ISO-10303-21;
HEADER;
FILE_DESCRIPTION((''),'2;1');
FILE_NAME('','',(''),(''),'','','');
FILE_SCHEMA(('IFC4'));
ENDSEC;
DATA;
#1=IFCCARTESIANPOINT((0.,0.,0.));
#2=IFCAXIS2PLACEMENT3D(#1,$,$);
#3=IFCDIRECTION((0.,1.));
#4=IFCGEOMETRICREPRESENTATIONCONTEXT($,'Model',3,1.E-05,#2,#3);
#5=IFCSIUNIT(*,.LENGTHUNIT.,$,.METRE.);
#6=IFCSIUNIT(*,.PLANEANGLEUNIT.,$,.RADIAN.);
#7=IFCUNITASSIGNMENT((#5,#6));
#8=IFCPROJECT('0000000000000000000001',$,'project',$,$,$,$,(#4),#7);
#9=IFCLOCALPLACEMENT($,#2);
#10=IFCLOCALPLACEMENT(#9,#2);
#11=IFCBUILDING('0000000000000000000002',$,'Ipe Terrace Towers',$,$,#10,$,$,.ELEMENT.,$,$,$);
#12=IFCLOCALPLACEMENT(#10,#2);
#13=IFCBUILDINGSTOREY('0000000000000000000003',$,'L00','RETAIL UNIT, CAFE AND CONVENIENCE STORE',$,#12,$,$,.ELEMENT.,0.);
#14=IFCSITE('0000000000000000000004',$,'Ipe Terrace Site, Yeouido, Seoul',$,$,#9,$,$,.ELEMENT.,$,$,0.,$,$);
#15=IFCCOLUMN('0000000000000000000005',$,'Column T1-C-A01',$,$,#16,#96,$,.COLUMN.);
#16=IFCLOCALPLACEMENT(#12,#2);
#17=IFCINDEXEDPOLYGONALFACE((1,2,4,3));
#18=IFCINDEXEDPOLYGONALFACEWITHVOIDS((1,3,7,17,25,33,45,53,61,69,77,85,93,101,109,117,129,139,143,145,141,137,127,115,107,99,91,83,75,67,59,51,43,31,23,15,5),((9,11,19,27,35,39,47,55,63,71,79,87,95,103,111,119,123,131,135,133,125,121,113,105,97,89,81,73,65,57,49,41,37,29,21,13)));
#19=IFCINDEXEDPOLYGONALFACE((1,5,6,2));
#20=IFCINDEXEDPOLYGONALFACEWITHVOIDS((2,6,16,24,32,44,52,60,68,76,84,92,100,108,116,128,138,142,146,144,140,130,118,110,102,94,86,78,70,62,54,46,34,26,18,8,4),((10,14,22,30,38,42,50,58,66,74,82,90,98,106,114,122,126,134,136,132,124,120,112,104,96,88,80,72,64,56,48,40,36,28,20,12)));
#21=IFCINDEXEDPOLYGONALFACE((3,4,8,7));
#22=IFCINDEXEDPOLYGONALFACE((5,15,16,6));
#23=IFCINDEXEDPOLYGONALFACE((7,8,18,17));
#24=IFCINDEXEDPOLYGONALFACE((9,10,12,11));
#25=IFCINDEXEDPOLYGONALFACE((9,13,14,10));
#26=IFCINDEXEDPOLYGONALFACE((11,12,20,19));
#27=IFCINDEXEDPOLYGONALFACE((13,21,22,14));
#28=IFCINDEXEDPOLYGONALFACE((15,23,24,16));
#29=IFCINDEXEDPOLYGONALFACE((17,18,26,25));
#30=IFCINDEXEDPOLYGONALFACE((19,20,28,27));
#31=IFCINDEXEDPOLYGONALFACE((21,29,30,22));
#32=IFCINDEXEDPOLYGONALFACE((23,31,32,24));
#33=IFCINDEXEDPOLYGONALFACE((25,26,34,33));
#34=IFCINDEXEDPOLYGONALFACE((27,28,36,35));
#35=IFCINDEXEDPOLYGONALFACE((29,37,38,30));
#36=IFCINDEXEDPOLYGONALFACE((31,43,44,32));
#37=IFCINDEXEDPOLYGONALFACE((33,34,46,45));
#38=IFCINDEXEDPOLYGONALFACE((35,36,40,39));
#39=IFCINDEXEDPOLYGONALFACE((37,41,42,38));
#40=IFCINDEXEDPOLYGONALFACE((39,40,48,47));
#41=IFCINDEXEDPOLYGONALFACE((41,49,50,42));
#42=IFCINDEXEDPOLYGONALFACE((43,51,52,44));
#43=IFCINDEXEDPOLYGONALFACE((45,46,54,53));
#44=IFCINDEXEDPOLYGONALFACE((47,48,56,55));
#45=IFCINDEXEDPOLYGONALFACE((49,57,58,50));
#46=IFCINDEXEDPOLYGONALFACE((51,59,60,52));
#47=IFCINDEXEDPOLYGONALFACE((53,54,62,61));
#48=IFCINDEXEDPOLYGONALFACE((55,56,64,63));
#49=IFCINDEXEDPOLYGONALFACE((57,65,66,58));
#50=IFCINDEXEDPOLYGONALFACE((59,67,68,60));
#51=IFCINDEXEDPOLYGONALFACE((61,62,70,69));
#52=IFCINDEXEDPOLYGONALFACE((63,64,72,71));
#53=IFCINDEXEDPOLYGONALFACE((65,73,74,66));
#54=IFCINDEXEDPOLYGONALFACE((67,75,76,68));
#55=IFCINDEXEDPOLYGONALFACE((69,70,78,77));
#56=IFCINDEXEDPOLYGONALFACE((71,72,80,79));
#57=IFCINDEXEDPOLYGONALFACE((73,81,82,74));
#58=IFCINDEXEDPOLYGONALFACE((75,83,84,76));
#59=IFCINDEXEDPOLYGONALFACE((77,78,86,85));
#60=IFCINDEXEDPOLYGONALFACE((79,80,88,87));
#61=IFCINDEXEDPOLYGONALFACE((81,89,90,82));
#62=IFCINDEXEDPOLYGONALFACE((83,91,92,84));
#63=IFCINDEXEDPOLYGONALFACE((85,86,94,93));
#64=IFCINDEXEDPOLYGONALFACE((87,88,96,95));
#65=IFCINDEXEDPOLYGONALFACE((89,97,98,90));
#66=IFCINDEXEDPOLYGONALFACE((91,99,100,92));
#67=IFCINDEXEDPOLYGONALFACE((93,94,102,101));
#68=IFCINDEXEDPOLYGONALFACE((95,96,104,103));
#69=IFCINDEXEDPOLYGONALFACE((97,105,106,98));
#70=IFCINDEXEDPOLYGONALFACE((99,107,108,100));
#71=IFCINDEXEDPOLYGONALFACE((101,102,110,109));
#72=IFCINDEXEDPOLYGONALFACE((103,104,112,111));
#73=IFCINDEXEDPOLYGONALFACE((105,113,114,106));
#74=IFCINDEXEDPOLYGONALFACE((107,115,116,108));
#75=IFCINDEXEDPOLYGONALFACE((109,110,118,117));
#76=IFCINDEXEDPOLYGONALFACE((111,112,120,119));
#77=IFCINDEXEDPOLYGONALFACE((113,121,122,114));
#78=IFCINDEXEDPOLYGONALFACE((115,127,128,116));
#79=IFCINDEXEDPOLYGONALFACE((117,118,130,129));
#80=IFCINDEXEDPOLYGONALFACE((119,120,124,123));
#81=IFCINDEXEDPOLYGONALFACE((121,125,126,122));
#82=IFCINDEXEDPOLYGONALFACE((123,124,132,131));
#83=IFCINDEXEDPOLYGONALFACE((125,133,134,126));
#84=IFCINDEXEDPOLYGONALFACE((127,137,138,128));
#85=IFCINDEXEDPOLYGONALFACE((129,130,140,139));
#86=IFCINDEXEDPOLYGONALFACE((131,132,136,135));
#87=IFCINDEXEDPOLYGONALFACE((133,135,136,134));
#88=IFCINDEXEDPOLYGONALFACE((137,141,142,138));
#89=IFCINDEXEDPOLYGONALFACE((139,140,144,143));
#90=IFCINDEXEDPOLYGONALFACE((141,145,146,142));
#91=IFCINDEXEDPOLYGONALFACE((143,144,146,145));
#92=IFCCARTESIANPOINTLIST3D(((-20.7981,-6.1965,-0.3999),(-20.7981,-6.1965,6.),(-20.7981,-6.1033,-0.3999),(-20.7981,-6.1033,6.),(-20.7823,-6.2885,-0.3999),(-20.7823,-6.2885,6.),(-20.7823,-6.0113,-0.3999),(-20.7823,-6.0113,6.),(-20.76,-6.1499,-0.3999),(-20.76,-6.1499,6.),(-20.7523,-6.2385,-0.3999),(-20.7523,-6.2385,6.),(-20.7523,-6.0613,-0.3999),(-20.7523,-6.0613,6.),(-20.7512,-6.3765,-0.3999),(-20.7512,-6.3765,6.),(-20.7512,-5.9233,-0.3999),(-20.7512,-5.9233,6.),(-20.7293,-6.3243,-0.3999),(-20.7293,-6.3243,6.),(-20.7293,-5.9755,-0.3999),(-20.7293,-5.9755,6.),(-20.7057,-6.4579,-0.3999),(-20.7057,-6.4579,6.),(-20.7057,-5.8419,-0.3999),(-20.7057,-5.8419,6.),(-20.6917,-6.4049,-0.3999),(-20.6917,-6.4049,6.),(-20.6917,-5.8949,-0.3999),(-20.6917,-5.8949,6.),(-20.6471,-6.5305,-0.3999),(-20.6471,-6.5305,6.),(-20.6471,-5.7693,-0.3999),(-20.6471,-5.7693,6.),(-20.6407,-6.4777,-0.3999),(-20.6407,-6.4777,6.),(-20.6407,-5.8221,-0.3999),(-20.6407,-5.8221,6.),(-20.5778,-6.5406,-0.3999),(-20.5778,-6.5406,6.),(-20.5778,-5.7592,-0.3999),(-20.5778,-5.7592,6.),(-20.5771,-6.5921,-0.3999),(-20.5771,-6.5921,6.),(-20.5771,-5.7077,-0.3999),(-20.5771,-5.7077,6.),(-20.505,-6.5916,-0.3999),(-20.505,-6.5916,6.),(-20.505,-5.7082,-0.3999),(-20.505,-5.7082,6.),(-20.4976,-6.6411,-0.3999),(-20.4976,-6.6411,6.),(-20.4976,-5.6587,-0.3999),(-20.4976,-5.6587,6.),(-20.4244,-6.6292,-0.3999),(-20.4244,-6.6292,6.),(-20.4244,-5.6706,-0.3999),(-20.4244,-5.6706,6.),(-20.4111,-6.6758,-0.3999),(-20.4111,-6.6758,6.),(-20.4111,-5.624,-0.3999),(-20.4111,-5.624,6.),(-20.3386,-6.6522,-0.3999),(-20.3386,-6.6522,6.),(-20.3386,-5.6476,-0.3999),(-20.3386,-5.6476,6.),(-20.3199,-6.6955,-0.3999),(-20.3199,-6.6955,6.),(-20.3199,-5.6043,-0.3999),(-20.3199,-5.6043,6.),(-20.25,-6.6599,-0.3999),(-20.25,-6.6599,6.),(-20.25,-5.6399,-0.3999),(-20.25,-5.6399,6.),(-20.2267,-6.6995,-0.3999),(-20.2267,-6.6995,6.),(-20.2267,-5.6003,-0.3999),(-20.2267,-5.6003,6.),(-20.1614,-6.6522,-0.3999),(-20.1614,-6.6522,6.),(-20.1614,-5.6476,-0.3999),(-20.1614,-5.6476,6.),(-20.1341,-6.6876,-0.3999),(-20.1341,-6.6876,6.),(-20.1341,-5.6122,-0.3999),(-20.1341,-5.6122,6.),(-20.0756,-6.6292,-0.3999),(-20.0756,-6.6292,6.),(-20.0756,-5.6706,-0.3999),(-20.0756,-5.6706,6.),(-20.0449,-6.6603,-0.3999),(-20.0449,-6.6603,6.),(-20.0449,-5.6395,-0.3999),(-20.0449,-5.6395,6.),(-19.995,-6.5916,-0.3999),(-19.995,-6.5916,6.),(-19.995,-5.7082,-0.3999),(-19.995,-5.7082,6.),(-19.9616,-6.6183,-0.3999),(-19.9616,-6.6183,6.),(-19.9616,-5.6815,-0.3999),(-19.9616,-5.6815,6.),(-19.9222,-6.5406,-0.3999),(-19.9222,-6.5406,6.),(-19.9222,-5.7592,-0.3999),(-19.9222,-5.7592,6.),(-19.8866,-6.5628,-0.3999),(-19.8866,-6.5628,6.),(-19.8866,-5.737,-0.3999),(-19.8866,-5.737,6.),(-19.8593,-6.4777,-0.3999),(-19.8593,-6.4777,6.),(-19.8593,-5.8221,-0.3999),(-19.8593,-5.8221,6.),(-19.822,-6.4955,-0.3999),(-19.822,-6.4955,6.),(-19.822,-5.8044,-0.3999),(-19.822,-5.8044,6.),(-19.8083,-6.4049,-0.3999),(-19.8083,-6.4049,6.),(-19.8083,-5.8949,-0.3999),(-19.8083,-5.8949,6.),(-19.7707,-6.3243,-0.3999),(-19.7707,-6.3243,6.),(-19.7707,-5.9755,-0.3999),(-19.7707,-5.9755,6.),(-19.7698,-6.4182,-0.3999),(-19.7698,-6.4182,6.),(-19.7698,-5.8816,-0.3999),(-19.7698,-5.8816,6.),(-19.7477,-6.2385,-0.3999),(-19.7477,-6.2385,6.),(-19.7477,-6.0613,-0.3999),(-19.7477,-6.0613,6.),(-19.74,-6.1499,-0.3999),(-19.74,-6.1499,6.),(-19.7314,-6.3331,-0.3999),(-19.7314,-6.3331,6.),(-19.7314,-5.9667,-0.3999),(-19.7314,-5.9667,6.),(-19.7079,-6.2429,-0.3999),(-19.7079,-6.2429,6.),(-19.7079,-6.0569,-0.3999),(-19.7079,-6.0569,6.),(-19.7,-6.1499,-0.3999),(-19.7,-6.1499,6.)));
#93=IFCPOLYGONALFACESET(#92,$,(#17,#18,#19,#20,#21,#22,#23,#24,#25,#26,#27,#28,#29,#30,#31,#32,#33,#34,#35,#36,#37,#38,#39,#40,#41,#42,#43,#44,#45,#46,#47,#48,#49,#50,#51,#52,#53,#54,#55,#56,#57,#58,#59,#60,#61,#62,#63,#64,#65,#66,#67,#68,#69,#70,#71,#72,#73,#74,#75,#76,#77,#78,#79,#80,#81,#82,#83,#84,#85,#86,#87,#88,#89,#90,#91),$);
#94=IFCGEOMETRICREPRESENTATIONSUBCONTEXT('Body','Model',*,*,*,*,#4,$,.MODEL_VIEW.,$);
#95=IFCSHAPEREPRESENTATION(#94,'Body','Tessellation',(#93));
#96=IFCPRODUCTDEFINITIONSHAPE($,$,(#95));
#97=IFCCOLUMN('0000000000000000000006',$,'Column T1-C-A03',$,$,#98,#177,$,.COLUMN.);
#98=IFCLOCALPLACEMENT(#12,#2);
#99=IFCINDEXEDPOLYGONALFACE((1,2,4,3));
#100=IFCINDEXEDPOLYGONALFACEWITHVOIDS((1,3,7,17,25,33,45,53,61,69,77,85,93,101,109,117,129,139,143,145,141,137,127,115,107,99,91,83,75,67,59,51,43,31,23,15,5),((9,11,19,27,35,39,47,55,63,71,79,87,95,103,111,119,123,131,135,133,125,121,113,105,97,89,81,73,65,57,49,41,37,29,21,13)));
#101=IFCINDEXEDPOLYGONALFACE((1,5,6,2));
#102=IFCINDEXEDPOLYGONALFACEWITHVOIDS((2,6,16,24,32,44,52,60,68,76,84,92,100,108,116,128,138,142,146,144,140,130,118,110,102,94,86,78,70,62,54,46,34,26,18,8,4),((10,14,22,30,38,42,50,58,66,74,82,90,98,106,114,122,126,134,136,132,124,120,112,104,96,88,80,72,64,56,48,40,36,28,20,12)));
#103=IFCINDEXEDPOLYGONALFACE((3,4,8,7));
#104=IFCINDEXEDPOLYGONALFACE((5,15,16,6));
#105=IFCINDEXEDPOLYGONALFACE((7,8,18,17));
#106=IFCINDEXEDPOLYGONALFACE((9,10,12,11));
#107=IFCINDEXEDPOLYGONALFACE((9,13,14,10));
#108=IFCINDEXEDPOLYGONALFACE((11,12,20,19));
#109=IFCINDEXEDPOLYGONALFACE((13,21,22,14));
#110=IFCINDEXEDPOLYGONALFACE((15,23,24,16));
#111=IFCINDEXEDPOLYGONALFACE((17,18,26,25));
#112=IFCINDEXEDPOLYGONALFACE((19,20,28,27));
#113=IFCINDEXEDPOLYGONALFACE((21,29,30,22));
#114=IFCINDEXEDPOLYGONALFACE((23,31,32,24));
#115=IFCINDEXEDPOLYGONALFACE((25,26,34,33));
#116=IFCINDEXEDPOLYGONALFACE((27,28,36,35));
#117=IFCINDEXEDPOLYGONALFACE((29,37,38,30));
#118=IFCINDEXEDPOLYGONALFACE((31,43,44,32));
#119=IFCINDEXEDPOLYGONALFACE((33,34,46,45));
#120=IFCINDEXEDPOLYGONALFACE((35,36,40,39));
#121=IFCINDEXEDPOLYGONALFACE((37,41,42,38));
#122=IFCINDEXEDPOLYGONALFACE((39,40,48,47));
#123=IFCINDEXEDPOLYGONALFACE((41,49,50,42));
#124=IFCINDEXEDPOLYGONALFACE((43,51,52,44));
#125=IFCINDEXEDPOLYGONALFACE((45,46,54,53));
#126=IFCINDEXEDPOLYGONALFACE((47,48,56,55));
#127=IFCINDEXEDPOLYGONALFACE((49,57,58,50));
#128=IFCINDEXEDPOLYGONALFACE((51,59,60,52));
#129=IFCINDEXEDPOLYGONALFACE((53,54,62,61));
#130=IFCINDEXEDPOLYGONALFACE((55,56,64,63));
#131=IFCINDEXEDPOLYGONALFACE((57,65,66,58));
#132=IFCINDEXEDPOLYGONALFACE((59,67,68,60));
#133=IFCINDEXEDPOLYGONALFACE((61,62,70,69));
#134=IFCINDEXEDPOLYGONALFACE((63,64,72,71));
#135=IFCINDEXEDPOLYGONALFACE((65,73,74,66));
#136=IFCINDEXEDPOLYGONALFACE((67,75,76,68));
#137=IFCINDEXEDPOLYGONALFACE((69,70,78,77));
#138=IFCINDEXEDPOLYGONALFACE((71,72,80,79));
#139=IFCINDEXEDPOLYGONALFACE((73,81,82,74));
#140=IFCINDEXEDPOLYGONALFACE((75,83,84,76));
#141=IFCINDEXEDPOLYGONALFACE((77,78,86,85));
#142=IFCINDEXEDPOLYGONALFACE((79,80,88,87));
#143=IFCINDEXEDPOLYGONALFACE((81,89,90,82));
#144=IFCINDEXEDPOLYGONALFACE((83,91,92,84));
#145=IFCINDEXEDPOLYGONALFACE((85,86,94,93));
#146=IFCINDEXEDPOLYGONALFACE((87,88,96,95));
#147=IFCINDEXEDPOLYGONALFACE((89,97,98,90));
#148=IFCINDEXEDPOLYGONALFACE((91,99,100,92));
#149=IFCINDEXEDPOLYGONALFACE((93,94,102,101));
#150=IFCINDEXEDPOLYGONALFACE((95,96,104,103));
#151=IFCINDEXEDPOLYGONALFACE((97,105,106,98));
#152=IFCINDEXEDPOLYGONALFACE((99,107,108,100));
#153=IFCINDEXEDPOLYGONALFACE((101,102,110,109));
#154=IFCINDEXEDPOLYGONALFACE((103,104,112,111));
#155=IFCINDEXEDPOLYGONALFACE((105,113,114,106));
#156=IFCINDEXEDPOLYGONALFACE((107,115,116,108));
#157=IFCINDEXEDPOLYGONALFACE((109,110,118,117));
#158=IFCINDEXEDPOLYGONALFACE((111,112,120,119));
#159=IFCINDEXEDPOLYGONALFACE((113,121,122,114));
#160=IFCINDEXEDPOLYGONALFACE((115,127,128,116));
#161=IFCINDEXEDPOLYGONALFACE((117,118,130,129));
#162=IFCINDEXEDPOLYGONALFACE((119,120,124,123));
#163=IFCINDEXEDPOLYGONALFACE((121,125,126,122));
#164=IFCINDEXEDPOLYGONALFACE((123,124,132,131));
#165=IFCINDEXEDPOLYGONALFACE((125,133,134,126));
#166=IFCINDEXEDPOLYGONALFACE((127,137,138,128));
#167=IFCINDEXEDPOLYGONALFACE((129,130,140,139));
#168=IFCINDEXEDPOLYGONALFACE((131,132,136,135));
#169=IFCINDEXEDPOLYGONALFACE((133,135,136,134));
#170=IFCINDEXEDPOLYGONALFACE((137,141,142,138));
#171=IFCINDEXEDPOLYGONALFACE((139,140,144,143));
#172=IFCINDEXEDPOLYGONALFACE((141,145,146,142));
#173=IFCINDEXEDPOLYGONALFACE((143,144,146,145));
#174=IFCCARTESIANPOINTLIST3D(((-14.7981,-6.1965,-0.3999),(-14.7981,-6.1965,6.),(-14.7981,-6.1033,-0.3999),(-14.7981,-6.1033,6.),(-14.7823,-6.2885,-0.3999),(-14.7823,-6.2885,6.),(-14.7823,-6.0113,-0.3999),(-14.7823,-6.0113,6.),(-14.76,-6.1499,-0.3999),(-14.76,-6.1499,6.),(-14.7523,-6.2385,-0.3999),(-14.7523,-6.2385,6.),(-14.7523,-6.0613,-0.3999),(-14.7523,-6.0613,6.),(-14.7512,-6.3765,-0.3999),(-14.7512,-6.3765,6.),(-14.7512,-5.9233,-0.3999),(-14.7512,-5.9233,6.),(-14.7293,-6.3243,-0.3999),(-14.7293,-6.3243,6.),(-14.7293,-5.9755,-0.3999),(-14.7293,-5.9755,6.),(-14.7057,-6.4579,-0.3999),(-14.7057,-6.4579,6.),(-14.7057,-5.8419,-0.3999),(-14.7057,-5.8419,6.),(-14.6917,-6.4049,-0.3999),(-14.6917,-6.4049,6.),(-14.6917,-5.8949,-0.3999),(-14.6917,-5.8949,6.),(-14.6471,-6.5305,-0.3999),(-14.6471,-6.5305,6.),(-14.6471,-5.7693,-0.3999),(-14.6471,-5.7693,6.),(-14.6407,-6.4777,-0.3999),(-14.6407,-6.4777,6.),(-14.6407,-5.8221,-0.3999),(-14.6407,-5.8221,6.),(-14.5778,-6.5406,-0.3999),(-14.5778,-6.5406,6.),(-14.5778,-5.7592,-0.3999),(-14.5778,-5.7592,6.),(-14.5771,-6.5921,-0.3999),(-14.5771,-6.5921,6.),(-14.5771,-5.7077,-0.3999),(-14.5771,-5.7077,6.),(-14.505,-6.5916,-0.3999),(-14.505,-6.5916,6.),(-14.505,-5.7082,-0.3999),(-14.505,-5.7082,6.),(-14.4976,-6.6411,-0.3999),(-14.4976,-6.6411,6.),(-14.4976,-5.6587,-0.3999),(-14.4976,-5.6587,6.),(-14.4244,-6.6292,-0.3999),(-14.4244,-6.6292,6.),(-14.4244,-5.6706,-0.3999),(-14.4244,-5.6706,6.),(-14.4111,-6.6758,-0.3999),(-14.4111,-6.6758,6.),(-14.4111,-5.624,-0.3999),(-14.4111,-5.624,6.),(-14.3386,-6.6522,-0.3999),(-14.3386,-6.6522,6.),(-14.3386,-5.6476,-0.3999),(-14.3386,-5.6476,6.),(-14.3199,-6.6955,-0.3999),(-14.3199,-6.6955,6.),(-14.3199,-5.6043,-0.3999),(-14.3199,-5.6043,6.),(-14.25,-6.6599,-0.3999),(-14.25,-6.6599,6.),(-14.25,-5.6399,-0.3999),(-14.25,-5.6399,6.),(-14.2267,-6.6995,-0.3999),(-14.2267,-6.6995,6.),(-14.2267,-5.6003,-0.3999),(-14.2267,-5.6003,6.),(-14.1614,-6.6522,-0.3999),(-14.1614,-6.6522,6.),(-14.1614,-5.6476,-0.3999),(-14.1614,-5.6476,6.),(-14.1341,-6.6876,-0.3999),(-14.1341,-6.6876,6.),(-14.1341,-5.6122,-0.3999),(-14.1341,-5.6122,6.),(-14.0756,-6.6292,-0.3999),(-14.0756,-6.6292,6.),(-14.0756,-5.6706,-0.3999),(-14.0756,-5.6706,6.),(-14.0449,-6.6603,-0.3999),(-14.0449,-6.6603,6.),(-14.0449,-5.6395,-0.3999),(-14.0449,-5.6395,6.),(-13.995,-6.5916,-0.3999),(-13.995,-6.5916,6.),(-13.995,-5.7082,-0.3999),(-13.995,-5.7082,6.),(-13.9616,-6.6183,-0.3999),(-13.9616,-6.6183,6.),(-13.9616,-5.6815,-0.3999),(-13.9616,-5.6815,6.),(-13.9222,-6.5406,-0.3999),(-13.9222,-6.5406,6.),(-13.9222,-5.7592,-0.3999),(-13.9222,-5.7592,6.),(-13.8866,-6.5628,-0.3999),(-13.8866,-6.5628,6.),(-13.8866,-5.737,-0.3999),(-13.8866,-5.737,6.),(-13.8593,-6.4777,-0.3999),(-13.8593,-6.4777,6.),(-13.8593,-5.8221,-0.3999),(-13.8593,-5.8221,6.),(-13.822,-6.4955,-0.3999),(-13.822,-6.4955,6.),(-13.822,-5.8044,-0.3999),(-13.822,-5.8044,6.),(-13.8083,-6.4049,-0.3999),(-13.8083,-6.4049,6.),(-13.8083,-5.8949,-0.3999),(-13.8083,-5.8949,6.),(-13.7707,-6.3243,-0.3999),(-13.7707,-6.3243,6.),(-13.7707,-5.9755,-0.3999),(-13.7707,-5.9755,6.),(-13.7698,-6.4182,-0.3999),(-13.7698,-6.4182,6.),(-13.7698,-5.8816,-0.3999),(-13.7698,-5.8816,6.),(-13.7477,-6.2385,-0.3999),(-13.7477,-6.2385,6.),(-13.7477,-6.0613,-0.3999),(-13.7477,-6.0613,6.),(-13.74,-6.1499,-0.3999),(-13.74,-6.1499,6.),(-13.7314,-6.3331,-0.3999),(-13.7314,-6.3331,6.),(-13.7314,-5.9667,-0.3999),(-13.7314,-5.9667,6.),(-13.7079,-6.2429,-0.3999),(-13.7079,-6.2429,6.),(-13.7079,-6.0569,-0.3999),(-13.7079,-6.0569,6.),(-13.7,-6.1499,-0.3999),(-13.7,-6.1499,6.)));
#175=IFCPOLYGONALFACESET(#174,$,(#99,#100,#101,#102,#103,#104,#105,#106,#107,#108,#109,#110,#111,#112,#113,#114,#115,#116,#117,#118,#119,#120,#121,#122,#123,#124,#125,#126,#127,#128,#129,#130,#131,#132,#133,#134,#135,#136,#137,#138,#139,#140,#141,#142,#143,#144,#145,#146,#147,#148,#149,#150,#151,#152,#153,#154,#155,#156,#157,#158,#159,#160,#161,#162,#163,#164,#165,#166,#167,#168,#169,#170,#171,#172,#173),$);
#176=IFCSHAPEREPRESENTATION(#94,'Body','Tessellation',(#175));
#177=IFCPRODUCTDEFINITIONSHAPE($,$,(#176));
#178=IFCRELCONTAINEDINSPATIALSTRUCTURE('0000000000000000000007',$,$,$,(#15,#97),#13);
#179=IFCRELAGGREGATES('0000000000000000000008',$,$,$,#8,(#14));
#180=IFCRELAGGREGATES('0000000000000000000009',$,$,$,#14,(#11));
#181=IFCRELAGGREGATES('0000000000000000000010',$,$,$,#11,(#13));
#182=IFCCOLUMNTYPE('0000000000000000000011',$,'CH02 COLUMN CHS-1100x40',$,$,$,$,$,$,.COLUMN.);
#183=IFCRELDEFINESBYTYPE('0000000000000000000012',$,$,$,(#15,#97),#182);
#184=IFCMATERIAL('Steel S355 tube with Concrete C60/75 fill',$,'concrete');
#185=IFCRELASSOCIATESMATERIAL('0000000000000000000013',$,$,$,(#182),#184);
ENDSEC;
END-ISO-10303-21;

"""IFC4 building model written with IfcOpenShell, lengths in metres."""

from ifc_helpers import new_model, si_unit, direction, frame, origin, origin_2d, place, context, subcontext, project, spatial, hollow_circle, extrude, material, material_profile, profile_set, type_object, element, save


model = new_model("IFC4")

# Units and contexts
model_context = context("Model", 3, precision=1e-05, world=origin(), true_north=direction((0.0, 1.0)))
body_context = subcontext(model_context, "Body", "Model", "MODEL_VIEW")
ifc_project = project(units=[si_unit("LENGTHUNIT", "METRE"), si_unit("PLANEANGLEUNIT", "RADIAN")], contexts=[model_context])

# Site, building, storey
site_placement = place(None, origin())
site = spatial("IfcSite", under=ifc_project, at=site_placement, Name="Ipe Terrace Site, Yeouido, Seoul", CompositionType="ELEMENT", RefElevation=0.0)
building_placement = place(site_placement, origin())
building = spatial("IfcBuilding", under=site, at=building_placement, Name="Ipe Terrace Towers", CompositionType="ELEMENT")
storey_placement = place(building_placement, origin())
storey = spatial("IfcBuildingStorey", under=building, at=storey_placement, Name="L00", Description="RETAIL UNIT, CAFE AND CONVENIENCE STORE", CompositionType="ELEMENT", Elevation=0.0)

# Columns
ifc_material_1 = material(Name="Steel S355 tube with Concrete C60/75 fill", Category="concrete")
ifc_material_profile_1 = material_profile(ifc_material_1, hollow_circle(Radius=0.55, WallThickness=0.04, at=origin_2d()), Name="CHS-1100x40")
ifc_profile_set_1 = profile_set([ifc_material_profile_1], Name="Steel S355 tube with Concrete C60/75 fill")
column_type_1 = type_object("IfcColumnType", Name="CH02 COLUMN CHS-1100x40", PredefinedType="COLUMN", material=ifc_profile_set_1)
for number, where, z_axis, x_axis, name in (
    (1, (-20.25, -6.1499, -0.3999), (0.0, 0.0, 1.0), (1.0, 0.0, 0.0), "Column T1-C-A01"),
    (2, (-14.25, -6.1499, -0.3999), (0.0, 0.0, 1.0), (1.0, 0.0, 0.0), "Column T1-C-A03"),
):
    element("IfcColumn", number, at=place(storey_placement, frame(where, z_axis=z_axis, x_axis=x_axis)), inside=storey, type_object=column_type_1, Name=name, PredefinedType="COLUMN", context=body_context, shape_type="SweptSolid", body=[
        extrude(hollow_circle(Radius=0.55, WallThickness=0.04, at=origin_2d()), origin(), (0.0, 0.0, 1.0), 6.3999),
    ])

save(model, "model.ifc")
